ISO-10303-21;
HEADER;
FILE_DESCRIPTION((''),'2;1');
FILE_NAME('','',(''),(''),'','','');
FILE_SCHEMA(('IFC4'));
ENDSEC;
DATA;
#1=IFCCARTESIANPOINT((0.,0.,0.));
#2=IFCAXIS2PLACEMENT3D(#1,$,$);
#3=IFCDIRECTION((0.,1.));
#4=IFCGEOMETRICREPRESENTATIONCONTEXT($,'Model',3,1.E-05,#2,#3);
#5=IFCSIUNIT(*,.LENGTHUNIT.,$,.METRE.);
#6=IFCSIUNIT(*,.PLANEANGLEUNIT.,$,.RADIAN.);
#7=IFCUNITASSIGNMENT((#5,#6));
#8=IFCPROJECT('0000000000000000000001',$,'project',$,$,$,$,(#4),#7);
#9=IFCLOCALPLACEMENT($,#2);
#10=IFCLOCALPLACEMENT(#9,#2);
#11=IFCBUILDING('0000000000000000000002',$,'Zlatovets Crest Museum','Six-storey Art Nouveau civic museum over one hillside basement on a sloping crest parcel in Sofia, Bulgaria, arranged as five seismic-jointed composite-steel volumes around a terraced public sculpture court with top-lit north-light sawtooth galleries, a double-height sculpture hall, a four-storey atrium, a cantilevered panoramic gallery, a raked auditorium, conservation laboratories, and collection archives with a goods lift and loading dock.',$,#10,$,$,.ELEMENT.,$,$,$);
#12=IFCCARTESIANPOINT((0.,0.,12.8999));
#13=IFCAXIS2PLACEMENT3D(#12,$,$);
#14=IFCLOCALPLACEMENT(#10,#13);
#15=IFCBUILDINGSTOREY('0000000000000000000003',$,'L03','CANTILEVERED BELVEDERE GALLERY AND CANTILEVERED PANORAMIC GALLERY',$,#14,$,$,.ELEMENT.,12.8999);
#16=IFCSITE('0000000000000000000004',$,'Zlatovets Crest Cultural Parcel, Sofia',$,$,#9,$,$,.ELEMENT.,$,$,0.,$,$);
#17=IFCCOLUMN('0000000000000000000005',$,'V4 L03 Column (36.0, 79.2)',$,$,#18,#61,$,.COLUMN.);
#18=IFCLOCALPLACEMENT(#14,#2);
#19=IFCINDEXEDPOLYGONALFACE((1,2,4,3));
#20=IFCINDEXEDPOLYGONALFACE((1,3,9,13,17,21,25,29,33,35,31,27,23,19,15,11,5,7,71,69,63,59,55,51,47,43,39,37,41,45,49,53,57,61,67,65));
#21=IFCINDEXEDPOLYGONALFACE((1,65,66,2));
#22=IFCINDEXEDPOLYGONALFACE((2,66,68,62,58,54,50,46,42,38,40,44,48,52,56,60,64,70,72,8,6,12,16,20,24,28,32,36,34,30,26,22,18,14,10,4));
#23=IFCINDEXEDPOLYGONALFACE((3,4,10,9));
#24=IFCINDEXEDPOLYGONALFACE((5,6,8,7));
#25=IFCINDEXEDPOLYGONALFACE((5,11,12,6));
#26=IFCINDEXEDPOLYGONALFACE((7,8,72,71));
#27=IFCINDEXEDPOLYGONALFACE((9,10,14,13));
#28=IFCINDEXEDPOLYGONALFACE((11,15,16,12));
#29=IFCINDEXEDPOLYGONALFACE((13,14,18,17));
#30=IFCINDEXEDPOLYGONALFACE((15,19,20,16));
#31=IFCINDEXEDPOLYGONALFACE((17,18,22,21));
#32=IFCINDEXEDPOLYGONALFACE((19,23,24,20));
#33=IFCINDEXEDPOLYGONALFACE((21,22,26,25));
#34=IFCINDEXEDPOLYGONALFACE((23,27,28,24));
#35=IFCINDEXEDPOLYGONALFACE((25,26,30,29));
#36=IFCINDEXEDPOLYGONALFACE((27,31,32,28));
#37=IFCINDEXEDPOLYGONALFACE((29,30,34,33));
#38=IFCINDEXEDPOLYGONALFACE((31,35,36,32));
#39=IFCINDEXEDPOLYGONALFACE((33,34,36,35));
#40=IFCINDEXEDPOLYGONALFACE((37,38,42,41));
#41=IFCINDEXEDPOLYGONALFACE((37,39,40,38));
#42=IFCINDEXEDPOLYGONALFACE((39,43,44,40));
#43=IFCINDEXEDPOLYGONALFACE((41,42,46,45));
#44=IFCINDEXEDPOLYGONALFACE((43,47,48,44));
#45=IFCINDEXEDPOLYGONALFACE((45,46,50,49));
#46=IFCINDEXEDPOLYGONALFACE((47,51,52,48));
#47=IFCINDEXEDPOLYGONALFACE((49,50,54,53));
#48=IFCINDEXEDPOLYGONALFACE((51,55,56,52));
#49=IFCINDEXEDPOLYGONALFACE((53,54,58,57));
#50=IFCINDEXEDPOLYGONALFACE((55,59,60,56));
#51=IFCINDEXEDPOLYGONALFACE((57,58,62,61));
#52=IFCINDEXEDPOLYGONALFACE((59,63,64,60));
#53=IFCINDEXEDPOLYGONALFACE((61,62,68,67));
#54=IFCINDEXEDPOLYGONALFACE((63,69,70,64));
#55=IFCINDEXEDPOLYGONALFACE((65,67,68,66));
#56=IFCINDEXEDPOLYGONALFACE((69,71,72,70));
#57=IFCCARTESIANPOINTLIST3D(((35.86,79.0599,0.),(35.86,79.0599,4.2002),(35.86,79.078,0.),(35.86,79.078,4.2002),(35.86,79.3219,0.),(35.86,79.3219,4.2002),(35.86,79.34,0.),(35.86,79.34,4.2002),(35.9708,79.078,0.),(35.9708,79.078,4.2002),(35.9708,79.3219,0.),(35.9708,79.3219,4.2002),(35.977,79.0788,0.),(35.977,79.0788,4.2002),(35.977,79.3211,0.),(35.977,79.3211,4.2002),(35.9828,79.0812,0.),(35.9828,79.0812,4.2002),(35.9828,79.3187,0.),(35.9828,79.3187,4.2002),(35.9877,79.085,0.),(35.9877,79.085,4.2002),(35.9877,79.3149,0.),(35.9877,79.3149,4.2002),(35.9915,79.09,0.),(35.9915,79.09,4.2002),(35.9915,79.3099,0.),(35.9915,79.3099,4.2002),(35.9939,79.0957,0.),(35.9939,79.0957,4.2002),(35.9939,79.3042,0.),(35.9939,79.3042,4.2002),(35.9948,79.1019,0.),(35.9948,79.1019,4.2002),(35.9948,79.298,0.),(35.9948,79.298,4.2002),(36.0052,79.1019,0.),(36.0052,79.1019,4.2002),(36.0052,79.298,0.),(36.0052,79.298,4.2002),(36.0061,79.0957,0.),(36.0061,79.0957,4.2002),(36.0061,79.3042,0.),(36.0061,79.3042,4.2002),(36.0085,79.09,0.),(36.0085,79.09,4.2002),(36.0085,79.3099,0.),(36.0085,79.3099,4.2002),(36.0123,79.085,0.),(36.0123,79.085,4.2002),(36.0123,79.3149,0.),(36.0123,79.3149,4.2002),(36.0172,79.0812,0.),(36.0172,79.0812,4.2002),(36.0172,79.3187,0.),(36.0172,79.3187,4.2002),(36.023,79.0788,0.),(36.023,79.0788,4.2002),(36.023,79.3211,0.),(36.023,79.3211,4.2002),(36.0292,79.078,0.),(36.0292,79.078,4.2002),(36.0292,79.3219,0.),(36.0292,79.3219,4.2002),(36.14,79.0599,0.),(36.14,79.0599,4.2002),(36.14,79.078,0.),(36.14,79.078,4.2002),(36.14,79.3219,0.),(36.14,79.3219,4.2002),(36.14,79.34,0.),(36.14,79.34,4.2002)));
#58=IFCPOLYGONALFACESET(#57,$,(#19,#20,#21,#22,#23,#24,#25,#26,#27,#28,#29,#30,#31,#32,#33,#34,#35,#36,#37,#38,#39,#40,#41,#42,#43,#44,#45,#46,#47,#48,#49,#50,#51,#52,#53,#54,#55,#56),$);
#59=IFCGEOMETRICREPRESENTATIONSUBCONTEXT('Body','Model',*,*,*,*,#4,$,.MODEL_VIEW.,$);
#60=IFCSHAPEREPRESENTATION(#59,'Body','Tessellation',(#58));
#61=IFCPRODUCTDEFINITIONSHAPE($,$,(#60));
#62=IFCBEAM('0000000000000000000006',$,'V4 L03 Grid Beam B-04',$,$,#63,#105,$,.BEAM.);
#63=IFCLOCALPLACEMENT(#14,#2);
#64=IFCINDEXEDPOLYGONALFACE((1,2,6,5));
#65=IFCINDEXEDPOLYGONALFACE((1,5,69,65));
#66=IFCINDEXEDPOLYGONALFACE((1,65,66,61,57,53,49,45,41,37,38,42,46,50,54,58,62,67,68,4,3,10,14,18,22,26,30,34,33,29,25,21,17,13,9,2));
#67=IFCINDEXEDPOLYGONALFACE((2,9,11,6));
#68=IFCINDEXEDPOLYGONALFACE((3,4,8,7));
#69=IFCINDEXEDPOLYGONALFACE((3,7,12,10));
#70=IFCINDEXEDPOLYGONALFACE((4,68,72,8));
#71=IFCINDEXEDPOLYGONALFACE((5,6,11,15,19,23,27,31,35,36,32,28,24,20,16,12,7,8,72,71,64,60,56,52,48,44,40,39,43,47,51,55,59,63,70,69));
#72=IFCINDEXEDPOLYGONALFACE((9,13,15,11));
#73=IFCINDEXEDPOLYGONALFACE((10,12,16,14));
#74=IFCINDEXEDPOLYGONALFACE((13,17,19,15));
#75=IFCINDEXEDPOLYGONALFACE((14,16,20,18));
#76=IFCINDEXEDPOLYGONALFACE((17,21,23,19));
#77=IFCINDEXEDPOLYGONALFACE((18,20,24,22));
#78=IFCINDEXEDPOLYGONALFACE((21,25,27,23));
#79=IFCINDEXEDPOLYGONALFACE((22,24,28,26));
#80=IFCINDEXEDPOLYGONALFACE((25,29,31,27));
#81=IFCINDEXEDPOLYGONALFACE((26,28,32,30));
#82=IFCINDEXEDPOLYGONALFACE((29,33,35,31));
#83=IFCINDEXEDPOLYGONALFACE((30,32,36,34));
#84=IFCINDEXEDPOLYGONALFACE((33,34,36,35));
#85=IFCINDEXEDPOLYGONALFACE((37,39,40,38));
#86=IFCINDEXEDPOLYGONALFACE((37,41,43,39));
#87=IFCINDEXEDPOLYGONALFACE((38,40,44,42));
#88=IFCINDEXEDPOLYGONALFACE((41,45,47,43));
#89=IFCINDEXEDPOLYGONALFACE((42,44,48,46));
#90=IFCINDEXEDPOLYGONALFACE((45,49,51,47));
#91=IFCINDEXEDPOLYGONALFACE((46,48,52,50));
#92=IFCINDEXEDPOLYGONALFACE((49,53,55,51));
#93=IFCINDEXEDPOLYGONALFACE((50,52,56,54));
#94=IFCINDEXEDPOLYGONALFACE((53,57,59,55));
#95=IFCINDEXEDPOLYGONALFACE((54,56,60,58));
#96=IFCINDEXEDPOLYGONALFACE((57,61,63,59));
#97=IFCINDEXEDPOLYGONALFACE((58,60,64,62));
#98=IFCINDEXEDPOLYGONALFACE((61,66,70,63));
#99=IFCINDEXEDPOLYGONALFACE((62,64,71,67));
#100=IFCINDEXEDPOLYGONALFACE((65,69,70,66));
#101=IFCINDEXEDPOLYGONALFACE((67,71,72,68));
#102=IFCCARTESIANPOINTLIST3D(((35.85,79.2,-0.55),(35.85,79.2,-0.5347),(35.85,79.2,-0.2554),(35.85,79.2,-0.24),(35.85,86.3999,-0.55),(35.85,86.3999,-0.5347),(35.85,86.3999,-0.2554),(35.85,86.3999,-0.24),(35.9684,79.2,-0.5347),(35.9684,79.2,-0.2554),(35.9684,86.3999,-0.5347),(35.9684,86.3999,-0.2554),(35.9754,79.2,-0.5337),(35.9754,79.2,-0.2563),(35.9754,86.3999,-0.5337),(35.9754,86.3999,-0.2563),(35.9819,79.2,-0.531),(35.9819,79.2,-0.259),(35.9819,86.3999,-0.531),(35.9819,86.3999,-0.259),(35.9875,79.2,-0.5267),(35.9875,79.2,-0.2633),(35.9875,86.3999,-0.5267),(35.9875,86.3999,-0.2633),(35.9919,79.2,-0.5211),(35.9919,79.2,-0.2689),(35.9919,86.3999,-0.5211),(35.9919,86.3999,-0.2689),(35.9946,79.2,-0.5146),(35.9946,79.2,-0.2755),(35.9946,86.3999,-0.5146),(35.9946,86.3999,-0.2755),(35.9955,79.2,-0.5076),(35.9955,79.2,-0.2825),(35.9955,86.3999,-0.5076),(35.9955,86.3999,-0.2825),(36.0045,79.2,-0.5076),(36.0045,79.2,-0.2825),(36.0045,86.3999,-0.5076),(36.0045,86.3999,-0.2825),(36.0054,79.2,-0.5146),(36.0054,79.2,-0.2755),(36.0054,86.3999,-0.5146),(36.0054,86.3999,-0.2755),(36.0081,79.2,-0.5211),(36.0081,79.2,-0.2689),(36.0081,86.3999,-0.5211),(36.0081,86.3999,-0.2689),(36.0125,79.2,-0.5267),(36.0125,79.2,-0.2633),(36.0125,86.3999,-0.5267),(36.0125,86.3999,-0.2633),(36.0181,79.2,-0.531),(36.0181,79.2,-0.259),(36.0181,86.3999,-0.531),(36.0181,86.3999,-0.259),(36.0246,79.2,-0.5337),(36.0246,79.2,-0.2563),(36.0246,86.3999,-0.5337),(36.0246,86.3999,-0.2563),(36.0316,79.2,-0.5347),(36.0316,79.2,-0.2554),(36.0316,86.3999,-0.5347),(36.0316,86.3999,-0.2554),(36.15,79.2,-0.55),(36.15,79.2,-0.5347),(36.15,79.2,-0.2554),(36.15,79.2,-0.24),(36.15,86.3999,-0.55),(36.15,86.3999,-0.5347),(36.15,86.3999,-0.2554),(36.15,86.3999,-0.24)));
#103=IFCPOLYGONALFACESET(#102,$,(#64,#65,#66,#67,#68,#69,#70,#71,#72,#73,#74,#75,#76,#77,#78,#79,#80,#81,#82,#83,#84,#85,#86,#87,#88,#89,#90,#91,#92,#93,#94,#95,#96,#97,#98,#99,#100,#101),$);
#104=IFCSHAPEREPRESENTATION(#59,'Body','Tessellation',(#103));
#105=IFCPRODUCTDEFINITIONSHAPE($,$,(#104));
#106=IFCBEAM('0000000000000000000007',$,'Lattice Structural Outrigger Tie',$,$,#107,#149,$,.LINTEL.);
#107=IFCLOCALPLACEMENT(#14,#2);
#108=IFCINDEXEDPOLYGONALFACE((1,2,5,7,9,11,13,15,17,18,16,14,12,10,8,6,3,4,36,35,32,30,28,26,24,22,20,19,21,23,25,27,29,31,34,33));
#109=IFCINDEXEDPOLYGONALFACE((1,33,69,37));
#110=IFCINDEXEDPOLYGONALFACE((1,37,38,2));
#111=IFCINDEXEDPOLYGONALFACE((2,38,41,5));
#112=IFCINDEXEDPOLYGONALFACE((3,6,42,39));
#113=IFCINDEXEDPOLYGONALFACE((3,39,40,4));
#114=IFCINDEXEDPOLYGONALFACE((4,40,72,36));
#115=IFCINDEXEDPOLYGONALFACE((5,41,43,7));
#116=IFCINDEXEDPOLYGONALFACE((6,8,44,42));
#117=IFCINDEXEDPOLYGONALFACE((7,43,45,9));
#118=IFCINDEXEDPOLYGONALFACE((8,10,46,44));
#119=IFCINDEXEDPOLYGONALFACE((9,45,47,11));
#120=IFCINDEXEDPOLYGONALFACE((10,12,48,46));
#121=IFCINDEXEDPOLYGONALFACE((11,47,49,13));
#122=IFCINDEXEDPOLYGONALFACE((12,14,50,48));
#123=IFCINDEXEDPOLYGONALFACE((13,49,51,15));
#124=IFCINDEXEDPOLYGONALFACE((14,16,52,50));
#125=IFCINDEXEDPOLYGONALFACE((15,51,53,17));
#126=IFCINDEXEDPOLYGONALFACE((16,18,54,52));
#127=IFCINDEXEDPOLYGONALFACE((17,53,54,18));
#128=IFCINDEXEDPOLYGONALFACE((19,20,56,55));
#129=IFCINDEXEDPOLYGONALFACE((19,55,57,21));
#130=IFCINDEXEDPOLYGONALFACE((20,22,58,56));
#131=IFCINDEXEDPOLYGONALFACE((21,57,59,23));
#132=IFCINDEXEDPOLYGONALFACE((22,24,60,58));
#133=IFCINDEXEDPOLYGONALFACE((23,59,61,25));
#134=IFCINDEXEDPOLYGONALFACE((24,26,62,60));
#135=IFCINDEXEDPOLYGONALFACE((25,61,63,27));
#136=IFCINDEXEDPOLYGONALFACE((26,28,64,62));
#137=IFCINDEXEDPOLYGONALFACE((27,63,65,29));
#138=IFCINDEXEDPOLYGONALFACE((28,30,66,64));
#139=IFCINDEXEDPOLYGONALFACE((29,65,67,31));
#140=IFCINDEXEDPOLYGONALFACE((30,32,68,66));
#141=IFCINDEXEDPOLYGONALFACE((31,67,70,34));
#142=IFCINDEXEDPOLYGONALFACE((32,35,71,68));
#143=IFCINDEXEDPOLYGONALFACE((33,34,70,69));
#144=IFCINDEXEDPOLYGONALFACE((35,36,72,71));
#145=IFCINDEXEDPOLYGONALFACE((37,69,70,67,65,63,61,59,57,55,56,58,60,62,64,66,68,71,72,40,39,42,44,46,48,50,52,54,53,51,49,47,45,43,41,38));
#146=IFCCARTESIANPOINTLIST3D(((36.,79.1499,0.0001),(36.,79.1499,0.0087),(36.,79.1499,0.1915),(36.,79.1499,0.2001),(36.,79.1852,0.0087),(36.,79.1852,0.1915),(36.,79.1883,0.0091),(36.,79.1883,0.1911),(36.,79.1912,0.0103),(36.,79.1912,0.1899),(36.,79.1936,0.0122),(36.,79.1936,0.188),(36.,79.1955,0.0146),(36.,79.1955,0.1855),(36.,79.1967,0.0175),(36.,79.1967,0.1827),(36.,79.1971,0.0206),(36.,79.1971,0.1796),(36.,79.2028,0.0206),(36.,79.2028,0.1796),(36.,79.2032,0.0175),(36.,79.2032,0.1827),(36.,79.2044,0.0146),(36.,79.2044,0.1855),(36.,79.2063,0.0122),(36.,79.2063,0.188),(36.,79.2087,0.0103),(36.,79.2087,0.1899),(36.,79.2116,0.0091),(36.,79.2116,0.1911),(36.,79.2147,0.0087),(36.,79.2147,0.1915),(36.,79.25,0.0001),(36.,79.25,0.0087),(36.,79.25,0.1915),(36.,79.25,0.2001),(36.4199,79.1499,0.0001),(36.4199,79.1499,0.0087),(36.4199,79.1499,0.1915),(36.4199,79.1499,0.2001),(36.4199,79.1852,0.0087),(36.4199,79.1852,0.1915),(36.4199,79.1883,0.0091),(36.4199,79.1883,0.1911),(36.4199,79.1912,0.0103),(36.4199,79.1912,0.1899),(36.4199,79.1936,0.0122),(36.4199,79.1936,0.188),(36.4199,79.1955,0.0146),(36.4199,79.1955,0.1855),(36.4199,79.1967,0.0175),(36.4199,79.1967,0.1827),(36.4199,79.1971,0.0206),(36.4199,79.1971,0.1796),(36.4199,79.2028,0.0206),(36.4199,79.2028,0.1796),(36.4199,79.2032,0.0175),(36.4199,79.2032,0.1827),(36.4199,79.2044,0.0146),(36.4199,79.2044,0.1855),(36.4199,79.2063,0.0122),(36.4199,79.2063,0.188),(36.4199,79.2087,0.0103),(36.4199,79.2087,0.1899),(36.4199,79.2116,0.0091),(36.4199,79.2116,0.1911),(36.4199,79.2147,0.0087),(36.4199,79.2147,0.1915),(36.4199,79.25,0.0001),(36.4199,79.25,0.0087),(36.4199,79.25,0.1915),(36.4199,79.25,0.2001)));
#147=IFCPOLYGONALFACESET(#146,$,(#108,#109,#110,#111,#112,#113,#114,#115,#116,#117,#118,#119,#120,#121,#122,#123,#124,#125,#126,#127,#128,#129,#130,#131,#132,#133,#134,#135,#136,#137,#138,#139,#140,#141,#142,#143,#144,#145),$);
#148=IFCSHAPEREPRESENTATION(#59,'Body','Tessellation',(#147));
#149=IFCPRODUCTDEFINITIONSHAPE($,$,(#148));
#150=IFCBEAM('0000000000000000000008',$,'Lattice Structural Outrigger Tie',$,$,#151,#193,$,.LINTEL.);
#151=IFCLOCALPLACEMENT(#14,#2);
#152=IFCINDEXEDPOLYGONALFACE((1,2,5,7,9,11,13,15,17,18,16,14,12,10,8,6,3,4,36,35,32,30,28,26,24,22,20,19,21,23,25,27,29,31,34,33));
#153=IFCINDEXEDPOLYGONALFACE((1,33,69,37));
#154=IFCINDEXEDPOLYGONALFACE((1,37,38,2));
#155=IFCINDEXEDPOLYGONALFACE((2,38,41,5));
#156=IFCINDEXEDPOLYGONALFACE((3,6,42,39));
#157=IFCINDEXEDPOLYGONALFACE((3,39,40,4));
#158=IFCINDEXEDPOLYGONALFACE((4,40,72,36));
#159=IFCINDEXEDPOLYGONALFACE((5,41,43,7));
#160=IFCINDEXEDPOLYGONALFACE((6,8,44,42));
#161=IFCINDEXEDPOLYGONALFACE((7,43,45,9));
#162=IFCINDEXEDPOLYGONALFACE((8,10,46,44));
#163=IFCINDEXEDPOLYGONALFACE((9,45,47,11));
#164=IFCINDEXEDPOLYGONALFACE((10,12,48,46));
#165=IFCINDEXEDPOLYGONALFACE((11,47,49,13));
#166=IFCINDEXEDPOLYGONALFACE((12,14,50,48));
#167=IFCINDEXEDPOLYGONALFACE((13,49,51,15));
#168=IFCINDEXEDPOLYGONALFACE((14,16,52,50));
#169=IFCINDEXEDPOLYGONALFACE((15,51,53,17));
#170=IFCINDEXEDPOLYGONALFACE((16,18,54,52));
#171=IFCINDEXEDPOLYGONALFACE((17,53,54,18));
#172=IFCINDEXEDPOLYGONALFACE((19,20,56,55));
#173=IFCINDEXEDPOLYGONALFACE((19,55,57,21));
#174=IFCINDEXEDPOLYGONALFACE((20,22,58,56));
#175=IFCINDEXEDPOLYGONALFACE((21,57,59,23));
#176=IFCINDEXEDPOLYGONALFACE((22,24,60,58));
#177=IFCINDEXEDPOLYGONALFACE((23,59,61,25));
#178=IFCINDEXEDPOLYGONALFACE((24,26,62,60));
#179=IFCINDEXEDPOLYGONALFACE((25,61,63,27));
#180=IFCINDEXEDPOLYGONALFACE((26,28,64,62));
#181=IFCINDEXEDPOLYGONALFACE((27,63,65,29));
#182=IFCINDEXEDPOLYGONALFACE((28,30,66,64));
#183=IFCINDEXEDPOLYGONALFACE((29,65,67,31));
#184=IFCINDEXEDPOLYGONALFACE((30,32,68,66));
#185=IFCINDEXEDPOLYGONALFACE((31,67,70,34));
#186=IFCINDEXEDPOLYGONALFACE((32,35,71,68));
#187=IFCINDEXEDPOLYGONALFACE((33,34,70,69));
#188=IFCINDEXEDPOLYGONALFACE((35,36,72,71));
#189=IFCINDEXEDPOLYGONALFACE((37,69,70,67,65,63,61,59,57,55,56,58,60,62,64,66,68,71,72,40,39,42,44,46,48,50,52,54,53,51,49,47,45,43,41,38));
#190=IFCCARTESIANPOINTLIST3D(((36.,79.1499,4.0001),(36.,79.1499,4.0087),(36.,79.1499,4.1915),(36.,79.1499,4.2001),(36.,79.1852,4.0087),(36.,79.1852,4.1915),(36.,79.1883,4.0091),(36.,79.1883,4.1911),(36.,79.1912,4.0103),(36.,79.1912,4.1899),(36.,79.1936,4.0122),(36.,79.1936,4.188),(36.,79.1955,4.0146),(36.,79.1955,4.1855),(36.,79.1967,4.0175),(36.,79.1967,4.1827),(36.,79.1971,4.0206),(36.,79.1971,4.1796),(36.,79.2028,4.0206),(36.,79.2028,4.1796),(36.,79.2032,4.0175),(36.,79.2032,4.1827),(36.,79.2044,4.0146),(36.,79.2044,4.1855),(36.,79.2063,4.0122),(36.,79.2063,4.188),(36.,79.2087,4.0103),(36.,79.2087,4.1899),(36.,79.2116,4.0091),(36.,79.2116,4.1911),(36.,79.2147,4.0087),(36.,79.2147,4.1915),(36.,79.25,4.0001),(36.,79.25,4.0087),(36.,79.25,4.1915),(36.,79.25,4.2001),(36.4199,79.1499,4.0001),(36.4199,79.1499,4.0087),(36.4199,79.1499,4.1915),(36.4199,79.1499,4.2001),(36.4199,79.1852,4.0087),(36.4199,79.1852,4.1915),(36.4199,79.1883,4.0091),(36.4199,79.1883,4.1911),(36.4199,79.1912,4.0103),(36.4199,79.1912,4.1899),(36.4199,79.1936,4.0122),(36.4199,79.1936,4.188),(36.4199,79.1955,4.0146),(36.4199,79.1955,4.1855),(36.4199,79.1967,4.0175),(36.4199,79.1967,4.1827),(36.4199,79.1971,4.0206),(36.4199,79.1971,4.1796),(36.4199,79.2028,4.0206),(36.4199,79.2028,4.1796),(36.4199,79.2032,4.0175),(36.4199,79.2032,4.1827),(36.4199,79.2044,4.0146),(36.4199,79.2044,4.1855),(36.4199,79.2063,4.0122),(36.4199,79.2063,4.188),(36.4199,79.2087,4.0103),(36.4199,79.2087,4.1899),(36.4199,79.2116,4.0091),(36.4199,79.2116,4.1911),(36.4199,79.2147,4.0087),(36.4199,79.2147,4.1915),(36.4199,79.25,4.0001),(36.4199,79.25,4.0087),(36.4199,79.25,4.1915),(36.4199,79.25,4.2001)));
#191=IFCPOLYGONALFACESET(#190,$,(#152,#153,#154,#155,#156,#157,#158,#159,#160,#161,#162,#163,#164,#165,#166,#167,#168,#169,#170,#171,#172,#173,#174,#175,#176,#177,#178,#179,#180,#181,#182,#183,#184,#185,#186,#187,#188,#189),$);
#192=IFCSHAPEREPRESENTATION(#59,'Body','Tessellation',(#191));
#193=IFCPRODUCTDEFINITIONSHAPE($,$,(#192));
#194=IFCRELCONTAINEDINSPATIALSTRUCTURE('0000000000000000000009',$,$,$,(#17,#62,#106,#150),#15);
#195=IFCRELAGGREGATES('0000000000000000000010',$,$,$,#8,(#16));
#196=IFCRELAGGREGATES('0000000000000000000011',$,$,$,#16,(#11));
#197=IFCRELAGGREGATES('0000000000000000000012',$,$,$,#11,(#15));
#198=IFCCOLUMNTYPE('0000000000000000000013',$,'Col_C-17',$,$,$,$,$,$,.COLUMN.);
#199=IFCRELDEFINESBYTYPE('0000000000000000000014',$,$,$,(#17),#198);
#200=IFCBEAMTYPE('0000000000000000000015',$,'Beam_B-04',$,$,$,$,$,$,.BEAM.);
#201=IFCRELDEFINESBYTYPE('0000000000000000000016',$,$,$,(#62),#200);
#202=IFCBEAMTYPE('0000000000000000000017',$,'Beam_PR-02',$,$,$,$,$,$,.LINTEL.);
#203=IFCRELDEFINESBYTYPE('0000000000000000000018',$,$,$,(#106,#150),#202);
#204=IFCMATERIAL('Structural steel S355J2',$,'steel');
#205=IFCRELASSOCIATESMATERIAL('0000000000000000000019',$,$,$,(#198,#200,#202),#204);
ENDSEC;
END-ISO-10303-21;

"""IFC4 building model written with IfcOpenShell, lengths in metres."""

from ifc_helpers import new_model, si_unit, direction, frame, origin, origin_2d, place, context, subcontext, project, spatial, i_section, extrude, material, material_profile, profile_set, type_object, element, save


model = new_model("IFC4")

# Units and contexts
model_context = context("Model", 3, precision=1e-05, world=origin(), true_north=direction((0.0, 1.0)))
body_context = subcontext(model_context, "Body", "Model", "MODEL_VIEW")
ifc_project = project(units=[si_unit("LENGTHUNIT", "METRE"), si_unit("PLANEANGLEUNIT", "RADIAN")], contexts=[model_context])

# Site, building, storey
site_placement = place(None, origin())
site = spatial("IfcSite", under=ifc_project, at=site_placement, Name="Zlatovets Crest Cultural Parcel, Sofia", CompositionType="ELEMENT", RefElevation=0.0)
building_placement = place(site_placement, origin())
building = spatial("IfcBuilding", under=site, at=building_placement, Name="Zlatovets Crest Museum", Description="Six-storey Art Nouveau civic museum over one hillside basement on a sloping crest parcel in Sofia, Bulgaria, arranged as five seismic-jointed composite-steel volumes around a terraced public sculpture court with top-lit north-light sawtooth galleries, a double-height sculpture hall, a four-storey atrium, a cantilevered panoramic gallery, a raked auditorium, conservation laboratories, and collection archives with a goods lift and loading dock.", CompositionType="ELEMENT")
storey_placement = place(building_placement, frame((0.0, 0.0, 12.8999)))
storey = spatial("IfcBuildingStorey", under=building, at=storey_placement, Name="L03", Description="CANTILEVERED BELVEDERE GALLERY AND CANTILEVERED PANORAMIC GALLERY", CompositionType="ELEMENT", Elevation=12.8999)

# Column
ifc_material_1 = material(Name="Structural steel S355J2", Category="steel")
ifc_material_profile_1 = material_profile(ifc_material_1, i_section(OverallWidth=0.28, OverallDepth=0.28, WebThickness=0.0105, FlangeThickness=0.0181, FilletRadius=0.0239, at=origin_2d()), Name="HEB 280")
ifc_profile_set_1 = profile_set([ifc_material_profile_1], Name="Structural steel S355J2")
column_type = type_object("IfcColumnType", Name="Col_C-17", PredefinedType="COLUMN", material=ifc_profile_set_1)
column_placement = place(storey_placement, frame((36.0, 79.2, 0.0), z_axis=(0.0, 0.0, 1.0), x_axis=(1.0, 0.0, 0.0)))
element("IfcColumn", 1, at=column_placement, inside=storey, type_object=column_type, Name="V4 L03 Column (36.0, 79.2)", PredefinedType="COLUMN", context=body_context, shape_type="SweptSolid", body=[
    extrude(i_section(OverallWidth=0.28, OverallDepth=0.28, WebThickness=0.0105, FlangeThickness=0.0181, FilletRadius=0.0239, at=origin_2d()), origin(), (0.0, 0.0, 1.0), 4.2002),
])

# Beams
ifc_material_profile_2 = material_profile(ifc_material_1, i_section(OverallWidth=0.3, OverallDepth=0.3101, WebThickness=0.009, FlangeThickness=0.0154, FilletRadius=0.0271, at=origin_2d()), Name="HEA 320")
ifc_profile_set_2 = profile_set([ifc_material_profile_2], Name="Structural steel S355J2")
beam_type_1 = type_object("IfcBeamType", Name="Beam_B-04", PredefinedType="BEAM", material=ifc_profile_set_2)
beam_placement = place(storey_placement, frame((36.0, 79.2, -0.395), z_axis=(0.0, 1.0, 0.0), x_axis=(-1.0, 0.0, 0.0)))
element("IfcBeam", 2, at=beam_placement, inside=storey, type_object=beam_type_1, Name="V4 L03 Grid Beam B-04", PredefinedType="BEAM", context=body_context, shape_type="SweptSolid", body=[
    extrude(i_section(OverallWidth=0.3, OverallDepth=0.3101, WebThickness=0.009, FlangeThickness=0.0154, FilletRadius=0.0271, at=origin_2d()), origin(), (0.0, 0.0, 1.0), 7.2),
])
ifc_material_profile_3 = material_profile(ifc_material_1, i_section(OverallWidth=0.1001, OverallDepth=0.2, WebThickness=0.0056, FlangeThickness=0.0085, FilletRadius=0.012, at=origin_2d()), Name="IPE 200")
ifc_profile_set_3 = profile_set([ifc_material_profile_3], Name="Structural steel S355J2")
beam_type_2 = type_object("IfcBeamType", Name="Beam_PR-02", PredefinedType="LINTEL", material=ifc_profile_set_3)
for number, where, z_axis, x_axis, name in (
    (3, (36.0, 79.2, 0.1001), (1.0, 0.0, 0.0), (0.0, 1.0, 0.0), "Lattice Structural Outrigger Tie"),
    (4, (36.0, 79.2, 4.1001), (1.0, 0.0, 0.0), (0.0, 1.0, 0.0), "Lattice Structural Outrigger Tie"),
):
    element("IfcBeam", number, at=place(storey_placement, frame(where, z_axis=z_axis, x_axis=x_axis)), inside=storey, type_object=beam_type_2, Name=name, PredefinedType="LINTEL", context=body_context, shape_type="SweptSolid", body=[
        extrude(i_section(OverallWidth=0.1001, OverallDepth=0.2, WebThickness=0.0056, FlangeThickness=0.0085, FilletRadius=0.012, at=origin_2d()), origin(), (0.0, 0.0, 1.0), 0.4199),
    ])

save(model, "model.ifc")
